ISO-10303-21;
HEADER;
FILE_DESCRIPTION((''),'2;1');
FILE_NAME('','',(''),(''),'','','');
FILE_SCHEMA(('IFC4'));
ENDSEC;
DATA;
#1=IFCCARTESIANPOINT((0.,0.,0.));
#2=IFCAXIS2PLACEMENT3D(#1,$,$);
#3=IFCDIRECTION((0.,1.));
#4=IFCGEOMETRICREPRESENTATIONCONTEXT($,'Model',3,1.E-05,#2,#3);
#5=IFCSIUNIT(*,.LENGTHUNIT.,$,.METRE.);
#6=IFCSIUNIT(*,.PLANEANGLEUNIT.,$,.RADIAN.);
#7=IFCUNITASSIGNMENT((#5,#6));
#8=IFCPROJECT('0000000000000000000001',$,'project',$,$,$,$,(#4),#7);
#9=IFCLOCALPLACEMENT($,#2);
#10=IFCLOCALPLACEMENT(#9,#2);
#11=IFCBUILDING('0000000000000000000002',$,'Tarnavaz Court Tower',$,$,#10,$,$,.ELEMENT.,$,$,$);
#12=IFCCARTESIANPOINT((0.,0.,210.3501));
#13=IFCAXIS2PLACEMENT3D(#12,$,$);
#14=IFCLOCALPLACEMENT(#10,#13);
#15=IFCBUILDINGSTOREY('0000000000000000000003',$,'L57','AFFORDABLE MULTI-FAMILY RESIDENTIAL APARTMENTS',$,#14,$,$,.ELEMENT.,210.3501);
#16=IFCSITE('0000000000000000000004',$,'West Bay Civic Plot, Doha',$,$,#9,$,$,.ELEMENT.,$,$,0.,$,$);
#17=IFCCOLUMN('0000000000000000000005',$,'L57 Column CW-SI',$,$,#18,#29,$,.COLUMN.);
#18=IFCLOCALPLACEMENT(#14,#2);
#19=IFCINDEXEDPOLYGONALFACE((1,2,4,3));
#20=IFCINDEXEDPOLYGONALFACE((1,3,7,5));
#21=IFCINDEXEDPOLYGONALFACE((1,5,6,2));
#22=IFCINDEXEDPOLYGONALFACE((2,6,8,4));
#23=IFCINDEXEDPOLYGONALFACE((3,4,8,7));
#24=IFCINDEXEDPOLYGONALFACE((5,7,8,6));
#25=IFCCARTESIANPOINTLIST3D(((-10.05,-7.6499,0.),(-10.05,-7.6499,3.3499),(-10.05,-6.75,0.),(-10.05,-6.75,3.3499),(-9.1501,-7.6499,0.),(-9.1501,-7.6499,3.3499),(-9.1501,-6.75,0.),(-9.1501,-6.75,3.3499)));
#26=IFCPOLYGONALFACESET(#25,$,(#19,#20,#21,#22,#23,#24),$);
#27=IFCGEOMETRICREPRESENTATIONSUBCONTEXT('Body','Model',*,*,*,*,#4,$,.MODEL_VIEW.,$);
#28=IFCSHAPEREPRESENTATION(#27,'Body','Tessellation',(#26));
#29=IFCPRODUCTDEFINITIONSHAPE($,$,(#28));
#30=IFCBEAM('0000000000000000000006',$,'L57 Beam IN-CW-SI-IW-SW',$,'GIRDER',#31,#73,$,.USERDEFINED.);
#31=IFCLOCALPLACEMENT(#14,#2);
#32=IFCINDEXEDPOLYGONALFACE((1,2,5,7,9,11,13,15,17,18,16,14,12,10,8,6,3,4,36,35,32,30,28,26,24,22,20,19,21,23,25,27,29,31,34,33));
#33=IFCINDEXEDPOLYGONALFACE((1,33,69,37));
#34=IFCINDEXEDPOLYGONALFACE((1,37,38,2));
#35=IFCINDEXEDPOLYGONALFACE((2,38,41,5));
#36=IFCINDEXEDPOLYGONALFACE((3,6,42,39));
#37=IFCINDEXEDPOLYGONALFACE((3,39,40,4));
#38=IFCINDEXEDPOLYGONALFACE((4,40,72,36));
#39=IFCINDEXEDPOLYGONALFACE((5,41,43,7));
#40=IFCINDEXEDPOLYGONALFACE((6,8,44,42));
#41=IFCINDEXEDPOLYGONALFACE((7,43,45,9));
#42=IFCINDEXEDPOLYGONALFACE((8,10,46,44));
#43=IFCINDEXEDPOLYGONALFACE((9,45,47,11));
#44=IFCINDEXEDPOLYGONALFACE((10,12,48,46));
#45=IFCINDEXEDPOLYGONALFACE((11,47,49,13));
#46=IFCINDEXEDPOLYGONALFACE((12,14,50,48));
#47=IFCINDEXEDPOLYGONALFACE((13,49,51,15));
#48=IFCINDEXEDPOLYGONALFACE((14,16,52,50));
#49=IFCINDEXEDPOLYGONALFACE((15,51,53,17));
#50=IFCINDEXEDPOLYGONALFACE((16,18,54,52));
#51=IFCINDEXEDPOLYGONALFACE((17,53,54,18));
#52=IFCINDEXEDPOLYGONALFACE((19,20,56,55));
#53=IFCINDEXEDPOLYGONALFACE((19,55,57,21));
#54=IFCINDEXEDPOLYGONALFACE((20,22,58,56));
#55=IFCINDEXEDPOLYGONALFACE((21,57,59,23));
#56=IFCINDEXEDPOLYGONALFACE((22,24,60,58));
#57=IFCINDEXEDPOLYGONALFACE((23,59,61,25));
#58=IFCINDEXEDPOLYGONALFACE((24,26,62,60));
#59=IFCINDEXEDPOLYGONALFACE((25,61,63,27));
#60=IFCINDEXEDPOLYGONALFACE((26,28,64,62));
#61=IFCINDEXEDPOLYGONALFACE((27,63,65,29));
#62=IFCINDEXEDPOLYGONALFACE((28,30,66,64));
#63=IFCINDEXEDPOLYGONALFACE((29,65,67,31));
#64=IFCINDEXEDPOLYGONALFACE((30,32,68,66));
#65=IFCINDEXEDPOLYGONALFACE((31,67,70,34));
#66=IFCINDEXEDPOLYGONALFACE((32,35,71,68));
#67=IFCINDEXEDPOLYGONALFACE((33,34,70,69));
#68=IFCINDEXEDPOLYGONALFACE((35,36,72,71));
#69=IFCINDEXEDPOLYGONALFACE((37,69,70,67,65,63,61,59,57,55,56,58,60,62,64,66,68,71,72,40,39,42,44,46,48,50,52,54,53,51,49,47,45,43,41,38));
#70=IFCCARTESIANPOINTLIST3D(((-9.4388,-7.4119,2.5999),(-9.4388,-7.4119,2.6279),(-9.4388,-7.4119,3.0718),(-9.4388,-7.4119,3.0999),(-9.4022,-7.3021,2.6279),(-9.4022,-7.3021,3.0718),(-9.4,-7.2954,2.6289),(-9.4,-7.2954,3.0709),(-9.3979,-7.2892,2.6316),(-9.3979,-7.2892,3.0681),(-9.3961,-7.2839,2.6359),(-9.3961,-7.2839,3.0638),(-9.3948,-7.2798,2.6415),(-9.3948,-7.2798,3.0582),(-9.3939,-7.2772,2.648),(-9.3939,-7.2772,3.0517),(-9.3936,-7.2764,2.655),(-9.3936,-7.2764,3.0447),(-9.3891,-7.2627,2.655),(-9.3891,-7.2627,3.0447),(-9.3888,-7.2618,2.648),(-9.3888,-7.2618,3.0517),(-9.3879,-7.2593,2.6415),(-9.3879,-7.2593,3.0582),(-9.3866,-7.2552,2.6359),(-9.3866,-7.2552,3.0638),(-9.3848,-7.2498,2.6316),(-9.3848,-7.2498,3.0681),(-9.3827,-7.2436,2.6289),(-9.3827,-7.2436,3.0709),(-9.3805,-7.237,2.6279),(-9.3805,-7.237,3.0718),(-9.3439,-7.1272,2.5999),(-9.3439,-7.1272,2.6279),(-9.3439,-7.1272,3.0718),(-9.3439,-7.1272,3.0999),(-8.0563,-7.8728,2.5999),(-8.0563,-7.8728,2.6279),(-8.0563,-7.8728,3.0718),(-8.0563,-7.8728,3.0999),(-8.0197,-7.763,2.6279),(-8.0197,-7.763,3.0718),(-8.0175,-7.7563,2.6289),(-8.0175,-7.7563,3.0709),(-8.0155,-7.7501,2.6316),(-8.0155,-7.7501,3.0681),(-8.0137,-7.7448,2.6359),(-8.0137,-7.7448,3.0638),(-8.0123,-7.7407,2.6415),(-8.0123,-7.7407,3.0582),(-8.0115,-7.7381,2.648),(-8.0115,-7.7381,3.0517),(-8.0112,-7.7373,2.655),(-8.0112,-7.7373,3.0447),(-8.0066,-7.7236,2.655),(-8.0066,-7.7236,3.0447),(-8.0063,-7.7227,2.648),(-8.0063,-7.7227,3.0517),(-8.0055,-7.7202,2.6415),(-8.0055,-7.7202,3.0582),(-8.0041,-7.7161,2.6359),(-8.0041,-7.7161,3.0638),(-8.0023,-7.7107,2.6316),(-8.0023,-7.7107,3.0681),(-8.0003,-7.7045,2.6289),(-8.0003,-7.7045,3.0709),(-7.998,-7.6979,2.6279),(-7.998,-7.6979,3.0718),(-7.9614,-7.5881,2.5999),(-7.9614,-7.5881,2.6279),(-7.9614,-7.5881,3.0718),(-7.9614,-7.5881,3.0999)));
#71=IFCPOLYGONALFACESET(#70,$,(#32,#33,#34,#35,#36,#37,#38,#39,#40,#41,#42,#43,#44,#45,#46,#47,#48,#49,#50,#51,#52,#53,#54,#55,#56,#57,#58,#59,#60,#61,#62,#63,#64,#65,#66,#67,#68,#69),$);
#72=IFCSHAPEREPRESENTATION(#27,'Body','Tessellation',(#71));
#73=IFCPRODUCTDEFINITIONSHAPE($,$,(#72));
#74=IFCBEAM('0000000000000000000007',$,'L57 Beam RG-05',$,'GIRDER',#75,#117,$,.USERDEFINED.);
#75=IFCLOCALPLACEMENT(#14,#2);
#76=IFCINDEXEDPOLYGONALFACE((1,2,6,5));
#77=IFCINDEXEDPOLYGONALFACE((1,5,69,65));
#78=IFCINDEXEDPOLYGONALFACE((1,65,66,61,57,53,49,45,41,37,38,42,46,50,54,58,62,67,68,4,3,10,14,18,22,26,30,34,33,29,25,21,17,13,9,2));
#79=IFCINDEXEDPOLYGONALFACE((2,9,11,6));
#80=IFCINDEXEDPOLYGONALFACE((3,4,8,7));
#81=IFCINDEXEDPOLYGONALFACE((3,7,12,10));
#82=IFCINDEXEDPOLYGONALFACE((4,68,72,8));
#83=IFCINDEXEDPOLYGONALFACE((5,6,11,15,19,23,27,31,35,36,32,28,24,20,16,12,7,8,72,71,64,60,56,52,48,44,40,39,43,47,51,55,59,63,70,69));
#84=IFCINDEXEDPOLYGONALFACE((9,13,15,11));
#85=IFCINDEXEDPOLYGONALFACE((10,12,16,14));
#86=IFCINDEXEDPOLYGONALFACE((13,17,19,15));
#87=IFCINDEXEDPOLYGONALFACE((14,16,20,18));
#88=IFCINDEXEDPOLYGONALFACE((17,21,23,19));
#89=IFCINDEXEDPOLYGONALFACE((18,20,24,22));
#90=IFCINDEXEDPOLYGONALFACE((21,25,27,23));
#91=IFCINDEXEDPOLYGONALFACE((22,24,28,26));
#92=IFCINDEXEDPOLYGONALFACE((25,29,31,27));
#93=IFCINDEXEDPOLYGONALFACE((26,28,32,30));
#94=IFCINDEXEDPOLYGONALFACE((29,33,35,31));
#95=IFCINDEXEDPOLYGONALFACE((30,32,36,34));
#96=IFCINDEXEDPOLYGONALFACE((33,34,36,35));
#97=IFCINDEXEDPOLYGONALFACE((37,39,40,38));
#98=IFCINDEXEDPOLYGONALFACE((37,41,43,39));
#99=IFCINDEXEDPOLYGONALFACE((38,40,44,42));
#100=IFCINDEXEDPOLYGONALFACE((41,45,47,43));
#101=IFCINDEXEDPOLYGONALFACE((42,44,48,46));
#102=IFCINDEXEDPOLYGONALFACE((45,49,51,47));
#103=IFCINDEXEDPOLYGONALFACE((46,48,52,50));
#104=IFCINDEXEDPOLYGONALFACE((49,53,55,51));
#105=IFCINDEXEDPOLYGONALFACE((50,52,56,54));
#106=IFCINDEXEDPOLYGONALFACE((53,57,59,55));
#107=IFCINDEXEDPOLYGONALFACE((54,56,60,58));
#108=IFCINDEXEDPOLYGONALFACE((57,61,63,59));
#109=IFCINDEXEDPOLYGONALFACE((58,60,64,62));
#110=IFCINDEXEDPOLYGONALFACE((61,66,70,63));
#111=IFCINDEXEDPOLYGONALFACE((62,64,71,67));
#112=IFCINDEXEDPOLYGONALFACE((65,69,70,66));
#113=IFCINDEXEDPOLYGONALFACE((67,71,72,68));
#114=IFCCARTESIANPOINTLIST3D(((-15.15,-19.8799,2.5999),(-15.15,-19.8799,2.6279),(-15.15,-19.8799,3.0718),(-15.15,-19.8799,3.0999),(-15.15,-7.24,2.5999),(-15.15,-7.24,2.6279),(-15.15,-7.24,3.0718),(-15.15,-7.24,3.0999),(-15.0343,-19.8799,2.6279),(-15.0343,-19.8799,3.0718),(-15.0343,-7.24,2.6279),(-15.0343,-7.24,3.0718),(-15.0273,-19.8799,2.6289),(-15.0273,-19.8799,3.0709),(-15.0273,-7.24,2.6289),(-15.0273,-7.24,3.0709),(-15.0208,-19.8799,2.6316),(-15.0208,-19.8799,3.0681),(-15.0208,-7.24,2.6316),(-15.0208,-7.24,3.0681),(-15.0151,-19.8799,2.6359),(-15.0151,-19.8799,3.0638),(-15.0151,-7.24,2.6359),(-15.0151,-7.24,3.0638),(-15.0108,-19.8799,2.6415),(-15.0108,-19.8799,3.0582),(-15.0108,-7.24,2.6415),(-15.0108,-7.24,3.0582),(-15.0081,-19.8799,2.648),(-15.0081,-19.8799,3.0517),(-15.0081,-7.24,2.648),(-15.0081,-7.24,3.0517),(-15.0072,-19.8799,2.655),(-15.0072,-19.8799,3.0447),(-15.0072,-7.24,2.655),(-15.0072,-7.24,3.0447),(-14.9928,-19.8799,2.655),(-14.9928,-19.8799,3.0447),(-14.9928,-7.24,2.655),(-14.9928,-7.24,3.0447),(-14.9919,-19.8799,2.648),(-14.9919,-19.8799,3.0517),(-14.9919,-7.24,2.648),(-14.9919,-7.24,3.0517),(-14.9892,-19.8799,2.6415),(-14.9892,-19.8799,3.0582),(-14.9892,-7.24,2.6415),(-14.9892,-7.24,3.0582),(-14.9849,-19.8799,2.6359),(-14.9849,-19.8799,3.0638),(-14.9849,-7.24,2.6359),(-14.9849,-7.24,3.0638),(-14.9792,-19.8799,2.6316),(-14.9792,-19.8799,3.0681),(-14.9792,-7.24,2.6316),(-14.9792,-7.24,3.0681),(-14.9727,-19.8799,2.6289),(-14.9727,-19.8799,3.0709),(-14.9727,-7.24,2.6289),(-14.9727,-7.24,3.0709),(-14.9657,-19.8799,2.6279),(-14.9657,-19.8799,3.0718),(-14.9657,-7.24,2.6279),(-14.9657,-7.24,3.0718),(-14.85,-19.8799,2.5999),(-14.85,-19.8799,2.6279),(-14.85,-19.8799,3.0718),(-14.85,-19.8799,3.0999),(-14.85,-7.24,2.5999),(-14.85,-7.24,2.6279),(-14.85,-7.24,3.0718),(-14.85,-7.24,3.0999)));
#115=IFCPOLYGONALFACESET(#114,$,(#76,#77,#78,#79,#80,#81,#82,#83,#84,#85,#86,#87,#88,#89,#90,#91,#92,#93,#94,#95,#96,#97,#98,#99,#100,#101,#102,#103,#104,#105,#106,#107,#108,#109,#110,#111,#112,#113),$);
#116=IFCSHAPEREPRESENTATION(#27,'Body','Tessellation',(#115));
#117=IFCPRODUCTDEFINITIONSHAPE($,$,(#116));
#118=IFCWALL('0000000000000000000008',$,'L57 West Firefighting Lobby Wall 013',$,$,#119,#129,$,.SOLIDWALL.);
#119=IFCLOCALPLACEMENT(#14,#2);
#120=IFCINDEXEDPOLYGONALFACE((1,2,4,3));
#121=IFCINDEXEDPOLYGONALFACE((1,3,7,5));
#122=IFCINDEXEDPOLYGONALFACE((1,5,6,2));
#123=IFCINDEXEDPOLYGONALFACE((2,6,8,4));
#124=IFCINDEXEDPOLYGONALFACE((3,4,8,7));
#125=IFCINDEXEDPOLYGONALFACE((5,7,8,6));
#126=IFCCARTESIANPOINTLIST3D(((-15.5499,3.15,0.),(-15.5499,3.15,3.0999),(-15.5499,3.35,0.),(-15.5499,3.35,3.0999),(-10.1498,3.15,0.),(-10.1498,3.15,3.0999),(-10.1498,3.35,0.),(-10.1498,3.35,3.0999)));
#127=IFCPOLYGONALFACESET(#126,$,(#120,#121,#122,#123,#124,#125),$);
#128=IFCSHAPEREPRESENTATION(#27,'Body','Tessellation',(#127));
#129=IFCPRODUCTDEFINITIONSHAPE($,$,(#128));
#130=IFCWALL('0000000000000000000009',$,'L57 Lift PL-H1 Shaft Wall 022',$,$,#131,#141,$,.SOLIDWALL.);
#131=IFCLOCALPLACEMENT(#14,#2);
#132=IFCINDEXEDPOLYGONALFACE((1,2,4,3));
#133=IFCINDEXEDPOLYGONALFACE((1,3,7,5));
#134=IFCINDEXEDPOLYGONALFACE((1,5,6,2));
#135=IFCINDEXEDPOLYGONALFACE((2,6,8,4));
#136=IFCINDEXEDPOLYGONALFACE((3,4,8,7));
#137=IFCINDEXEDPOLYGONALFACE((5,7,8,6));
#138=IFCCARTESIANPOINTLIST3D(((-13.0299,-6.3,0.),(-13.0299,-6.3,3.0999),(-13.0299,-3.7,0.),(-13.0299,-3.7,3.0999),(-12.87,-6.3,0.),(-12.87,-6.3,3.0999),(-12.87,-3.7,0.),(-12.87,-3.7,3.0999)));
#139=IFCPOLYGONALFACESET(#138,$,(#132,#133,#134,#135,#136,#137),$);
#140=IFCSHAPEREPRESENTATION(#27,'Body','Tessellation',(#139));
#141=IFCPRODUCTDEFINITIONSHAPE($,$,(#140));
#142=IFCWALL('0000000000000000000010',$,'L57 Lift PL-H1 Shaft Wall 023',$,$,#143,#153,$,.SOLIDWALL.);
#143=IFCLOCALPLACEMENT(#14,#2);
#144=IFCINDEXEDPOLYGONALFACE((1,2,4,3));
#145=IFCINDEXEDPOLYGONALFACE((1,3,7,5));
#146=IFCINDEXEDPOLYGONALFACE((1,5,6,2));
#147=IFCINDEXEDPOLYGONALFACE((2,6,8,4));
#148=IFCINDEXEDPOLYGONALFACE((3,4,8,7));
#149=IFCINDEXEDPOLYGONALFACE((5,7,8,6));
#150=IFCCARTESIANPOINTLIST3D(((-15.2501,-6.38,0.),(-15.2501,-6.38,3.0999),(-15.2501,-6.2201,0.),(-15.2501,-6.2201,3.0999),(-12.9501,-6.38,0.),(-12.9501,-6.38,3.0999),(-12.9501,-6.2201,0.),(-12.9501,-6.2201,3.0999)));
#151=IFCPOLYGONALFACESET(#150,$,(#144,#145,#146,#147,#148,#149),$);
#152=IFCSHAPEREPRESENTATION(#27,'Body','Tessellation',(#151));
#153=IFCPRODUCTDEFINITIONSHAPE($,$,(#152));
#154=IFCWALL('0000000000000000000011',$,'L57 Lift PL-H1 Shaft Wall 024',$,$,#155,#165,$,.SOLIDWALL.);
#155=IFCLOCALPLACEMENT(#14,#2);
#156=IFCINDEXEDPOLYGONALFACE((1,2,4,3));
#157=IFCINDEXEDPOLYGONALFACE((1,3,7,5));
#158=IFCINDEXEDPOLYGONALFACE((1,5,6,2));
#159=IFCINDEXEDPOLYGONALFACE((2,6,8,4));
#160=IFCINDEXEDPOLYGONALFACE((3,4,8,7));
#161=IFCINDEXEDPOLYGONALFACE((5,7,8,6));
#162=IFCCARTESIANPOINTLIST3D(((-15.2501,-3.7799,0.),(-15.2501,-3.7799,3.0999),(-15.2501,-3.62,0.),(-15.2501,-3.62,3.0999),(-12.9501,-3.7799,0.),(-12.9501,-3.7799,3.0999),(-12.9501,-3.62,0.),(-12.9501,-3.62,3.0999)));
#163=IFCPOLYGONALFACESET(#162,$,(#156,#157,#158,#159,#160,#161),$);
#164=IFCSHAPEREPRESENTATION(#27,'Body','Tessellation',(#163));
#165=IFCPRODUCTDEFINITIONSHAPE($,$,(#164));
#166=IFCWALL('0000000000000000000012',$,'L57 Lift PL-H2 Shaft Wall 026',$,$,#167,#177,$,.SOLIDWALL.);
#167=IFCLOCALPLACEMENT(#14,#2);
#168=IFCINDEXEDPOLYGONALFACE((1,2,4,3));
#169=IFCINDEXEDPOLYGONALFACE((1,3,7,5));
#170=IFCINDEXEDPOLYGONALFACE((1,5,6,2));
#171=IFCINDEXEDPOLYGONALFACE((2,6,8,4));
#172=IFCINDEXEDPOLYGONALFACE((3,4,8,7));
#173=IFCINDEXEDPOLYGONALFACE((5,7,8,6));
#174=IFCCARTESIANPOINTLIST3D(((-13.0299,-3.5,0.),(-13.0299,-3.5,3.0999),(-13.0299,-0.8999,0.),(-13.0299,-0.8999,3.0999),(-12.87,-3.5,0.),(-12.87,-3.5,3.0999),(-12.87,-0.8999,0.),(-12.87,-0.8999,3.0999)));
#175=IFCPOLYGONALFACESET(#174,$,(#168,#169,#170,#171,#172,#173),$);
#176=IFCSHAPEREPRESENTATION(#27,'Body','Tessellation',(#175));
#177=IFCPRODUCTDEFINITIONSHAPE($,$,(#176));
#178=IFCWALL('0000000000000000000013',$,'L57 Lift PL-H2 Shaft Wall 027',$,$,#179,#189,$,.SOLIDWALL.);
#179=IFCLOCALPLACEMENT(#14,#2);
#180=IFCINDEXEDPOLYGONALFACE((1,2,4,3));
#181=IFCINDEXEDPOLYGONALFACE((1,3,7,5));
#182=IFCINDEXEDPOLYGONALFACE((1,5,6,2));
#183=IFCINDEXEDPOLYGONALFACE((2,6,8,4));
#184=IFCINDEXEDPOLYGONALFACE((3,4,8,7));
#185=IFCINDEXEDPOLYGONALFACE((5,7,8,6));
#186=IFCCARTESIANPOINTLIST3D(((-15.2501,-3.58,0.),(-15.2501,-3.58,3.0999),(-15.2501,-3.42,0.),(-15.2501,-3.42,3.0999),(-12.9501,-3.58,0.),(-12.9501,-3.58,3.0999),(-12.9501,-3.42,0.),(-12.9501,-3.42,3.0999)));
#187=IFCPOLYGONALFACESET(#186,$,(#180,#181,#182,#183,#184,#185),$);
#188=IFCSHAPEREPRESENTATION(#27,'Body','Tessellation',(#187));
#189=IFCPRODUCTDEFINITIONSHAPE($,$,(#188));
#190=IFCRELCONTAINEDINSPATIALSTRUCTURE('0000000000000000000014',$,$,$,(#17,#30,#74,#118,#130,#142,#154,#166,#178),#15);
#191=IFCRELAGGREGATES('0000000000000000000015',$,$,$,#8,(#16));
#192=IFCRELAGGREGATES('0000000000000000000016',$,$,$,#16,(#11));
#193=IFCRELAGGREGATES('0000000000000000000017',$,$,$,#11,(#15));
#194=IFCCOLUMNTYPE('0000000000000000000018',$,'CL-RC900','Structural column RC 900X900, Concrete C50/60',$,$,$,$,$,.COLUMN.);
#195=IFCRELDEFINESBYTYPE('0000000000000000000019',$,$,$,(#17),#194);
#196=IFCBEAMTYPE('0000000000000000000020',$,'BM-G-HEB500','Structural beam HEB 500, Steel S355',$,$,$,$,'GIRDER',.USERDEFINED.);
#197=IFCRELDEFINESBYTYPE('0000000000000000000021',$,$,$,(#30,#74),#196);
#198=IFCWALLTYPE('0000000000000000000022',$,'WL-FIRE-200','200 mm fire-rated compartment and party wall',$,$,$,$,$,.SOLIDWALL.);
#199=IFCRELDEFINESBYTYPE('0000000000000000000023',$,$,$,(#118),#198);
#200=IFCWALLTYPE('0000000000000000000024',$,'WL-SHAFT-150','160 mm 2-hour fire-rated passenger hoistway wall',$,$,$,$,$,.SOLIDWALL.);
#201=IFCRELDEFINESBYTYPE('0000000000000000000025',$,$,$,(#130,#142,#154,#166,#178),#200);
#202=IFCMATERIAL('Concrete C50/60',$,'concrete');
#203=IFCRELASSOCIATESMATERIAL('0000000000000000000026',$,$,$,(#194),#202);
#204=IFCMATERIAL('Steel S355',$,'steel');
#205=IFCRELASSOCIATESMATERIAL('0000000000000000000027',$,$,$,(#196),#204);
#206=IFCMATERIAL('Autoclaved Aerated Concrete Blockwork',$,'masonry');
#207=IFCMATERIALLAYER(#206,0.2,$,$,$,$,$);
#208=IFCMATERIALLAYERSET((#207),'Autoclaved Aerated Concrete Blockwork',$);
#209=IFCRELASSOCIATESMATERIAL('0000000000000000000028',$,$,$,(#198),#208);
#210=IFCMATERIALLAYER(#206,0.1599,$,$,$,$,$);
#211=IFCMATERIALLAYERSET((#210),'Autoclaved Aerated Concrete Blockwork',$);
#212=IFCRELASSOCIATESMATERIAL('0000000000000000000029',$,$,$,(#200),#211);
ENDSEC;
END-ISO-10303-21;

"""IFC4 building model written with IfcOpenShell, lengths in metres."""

from ifc_helpers import new_model, si_unit, direction, frame, frame_2d, origin, origin_2d, place, context, subcontext, project, spatial, rectangle, i_section, extrude, material, layer, layer_set, material_profile, profile_set, type_object, element, save


model = new_model("IFC4")

# Units and contexts
model_context = context("Model", 3, precision=1e-05, world=origin(), true_north=direction((0.0, 1.0)))
body_context = subcontext(model_context, "Body", "Model", "MODEL_VIEW")
ifc_project = project(units=[si_unit("LENGTHUNIT", "METRE"), si_unit("PLANEANGLEUNIT", "RADIAN")], contexts=[model_context])

# Site, building, storey
site_placement = place(None, origin())
site = spatial("IfcSite", under=ifc_project, at=site_placement, Name="West Bay Civic Plot, Doha", CompositionType="ELEMENT", RefElevation=0.0)
building_placement = place(site_placement, origin())
building = spatial("IfcBuilding", under=site, at=building_placement, Name="Tarnavaz Court Tower", CompositionType="ELEMENT")
storey_placement = place(building_placement, frame((0.0, 0.0, 210.3501)))
storey = spatial("IfcBuildingStorey", under=building, at=storey_placement, Name="L57", Description="AFFORDABLE MULTI-FAMILY RESIDENTIAL APARTMENTS", CompositionType="ELEMENT", Elevation=210.3501)

# Column
ifc_material_1 = material(Name="Concrete C50/60", Category="concrete")
ifc_material_profile_1 = material_profile(ifc_material_1, rectangle(XDim=0.8999, YDim=0.8999, at=origin_2d()), Name="RC 900X900")
ifc_profile_set_1 = profile_set([ifc_material_profile_1], Name="Concrete C50/60")
column_type = type_object("IfcColumnType", Name="CL-RC900", Description="Structural column RC 900X900, Concrete C50/60", PredefinedType="COLUMN", material=ifc_profile_set_1)
column_placement = place(storey_placement, frame((-9.6001, -7.2, 0.0), z_axis=(0.0, 0.0, 1.0), x_axis=(1.0, 0.0, 0.0)))
element("IfcColumn", 1, at=column_placement, inside=storey, type_object=column_type, Name="L57 Column CW-SI", PredefinedType="COLUMN", context=body_context, shape_type="SweptSolid", body=[
    extrude(rectangle(XDim=0.8999, YDim=0.8999, at=origin_2d()), origin(), (0.0, 0.0, 1.0), 3.3499),
])

# Beams
ifc_material_2 = material(Name="Steel S355", Category="steel")
ifc_material_profile_2 = material_profile(ifc_material_2, i_section(OverallWidth=0.3, OverallDepth=0.5, WebThickness=0.0144, FlangeThickness=0.0281, FilletRadius=0.0271, at=origin_2d()), Name="HEB 500")
ifc_profile_set_2 = profile_set([ifc_material_profile_2], Name="Steel S355")
beam_type = type_object("IfcBeamType", Name="BM-G-HEB500", Description="Structural beam HEB 500, Steel S355", ElementType="GIRDER", PredefinedType="USERDEFINED", material=ifc_profile_set_2)
beam_1_placement = place(storey_placement, frame((-9.3914, -7.2695, 2.8499), z_axis=(0.948667, -0.316278, 0.0), x_axis=(0.316278, 0.948667, 0.0)))
element("IfcBeam", 2, at=beam_1_placement, inside=storey, type_object=beam_type, Name="L57 Beam IN-CW-SI-IW-SW", ObjectType="GIRDER", PredefinedType="USERDEFINED", context=body_context, shape_type="SweptSolid", body=[
    extrude(i_section(OverallWidth=0.3, OverallDepth=0.5, WebThickness=0.0144, FlangeThickness=0.0281, FilletRadius=0.0271, at=origin_2d()), origin(), (0.0, 0.0, 1.0), 1.4573),
])
beam_2_placement = place(storey_placement, frame((-15.0, -7.24, 2.8499), z_axis=(0.0, -1.0, 0.0), x_axis=(1.0, 0.0, 0.0)))
element("IfcBeam", 3, at=beam_2_placement, inside=storey, type_object=beam_type, Name="L57 Beam RG-05", ObjectType="GIRDER", PredefinedType="USERDEFINED", context=body_context, shape_type="SweptSolid", body=[
    extrude(i_section(OverallWidth=0.3, OverallDepth=0.5, WebThickness=0.0144, FlangeThickness=0.0281, FilletRadius=0.0271, at=origin_2d()), origin(), (0.0, 0.0, 1.0), 12.6399),
])

# Wall
ifc_material_3 = material(Name="Autoclaved Aerated Concrete Blockwork", Category="masonry")
ifc_layer_1 = layer(ifc_material_3, 0.2)
ifc_layer_set_1 = layer_set([ifc_layer_1], Name="Autoclaved Aerated Concrete Blockwork")
wall_type_1 = type_object("IfcWallType", Name="WL-FIRE-200", Description="200 mm fire-rated compartment and party wall", PredefinedType="SOLIDWALL", material=ifc_layer_set_1)
wall_1_placement = place(storey_placement, frame((-15.55, 3.25, 0.0), z_axis=(0.0, 0.0, 1.0), x_axis=(1.0, 0.0, 0.0)))
element("IfcWall", 4, at=wall_1_placement, inside=storey, type_object=wall_type_1, Name="L57 West Firefighting Lobby Wall 013", PredefinedType="SOLIDWALL", context=body_context, shape_type="SweptSolid", body=[
    extrude(rectangle(XDim=5.4001, YDim=0.2, at=frame_2d((2.7002, 0.0))), origin(), (0.0, 0.0, 1.0), 3.0999),
])

# Shared definitions
ifc_layer_2 = layer(ifc_material_3, 0.1599)
ifc_layer_set_2 = layer_set([ifc_layer_2], Name="Autoclaved Aerated Concrete Blockwork")
wall_type_2 = type_object("IfcWallType", Name="WL-SHAFT-150", Description="160 mm 2-hour fire-rated passenger hoistway wall", PredefinedType="SOLIDWALL", material=ifc_layer_set_2)

# Walls
wall_2_placement = place(storey_placement, frame((-12.95, -6.3, 0.0), z_axis=(0.0, 0.0, 1.0), x_axis=(0.0, 1.0, 0.0)))
element("IfcWall", 5, at=wall_2_placement, inside=storey, type_object=wall_type_2, Name="L57 Lift PL-H1 Shaft Wall 022", PredefinedType="SOLIDWALL", context=body_context, shape_type="SweptSolid", body=[
    extrude(rectangle(XDim=2.6001, YDim=0.1599, at=frame_2d((1.3, 0.0))), origin(), (0.0, 0.0, 1.0), 3.0999),
])
for number, where, z_axis, x_axis, name in (
    (6, (-15.25, -6.3, 0.0), (0.0, 0.0, 1.0), (1.0, 0.0, 0.0), "L57 Lift PL-H1 Shaft Wall 023"),
    (7, (-15.25, -3.7, 0.0), (0.0, 0.0, 1.0), (1.0, 0.0, 0.0), "L57 Lift PL-H1 Shaft Wall 024"),
):
    element("IfcWall", number, at=place(storey_placement, frame(where, z_axis=z_axis, x_axis=x_axis)), inside=storey, type_object=wall_type_2, Name=name, PredefinedType="SOLIDWALL", context=body_context, shape_type="SweptSolid", body=[
        extrude(rectangle(XDim=2.3, YDim=0.1599, at=frame_2d((1.1499, 0.0))), origin(), (0.0, 0.0, 1.0), 3.0999),
    ])

# Walls
wall_3_placement = place(storey_placement, frame((-12.95, -3.5, 0.0), z_axis=(0.0, 0.0, 1.0), x_axis=(0.0, 1.0, 0.0)))
element("IfcWall", 8, at=wall_3_placement, inside=storey, type_object=wall_type_2, Name="L57 Lift PL-H2 Shaft Wall 026", PredefinedType="SOLIDWALL", context=body_context, shape_type="SweptSolid", body=[
    extrude(rectangle(XDim=2.6001, YDim=0.1599, at=frame_2d((1.3, 0.0))), origin(), (0.0, 0.0, 1.0), 3.0999),
])
for number, where, z_axis, x_axis, name in (
    (9, (-15.25, -3.5, 0.0), (0.0, 0.0, 1.0), (1.0, 0.0, 0.0), "L57 Lift PL-H2 Shaft Wall 027"),
):
    element("IfcWall", number, at=place(storey_placement, frame(where, z_axis=z_axis, x_axis=x_axis)), inside=storey, type_object=wall_type_2, Name=name, PredefinedType="SOLIDWALL", context=body_context, shape_type="SweptSolid", body=[
        extrude(rectangle(XDim=2.3, YDim=0.1599, at=frame_2d((1.1499, 0.0))), origin(), (0.0, 0.0, 1.0), 3.0999),
    ])

save(model, "model.ifc")
